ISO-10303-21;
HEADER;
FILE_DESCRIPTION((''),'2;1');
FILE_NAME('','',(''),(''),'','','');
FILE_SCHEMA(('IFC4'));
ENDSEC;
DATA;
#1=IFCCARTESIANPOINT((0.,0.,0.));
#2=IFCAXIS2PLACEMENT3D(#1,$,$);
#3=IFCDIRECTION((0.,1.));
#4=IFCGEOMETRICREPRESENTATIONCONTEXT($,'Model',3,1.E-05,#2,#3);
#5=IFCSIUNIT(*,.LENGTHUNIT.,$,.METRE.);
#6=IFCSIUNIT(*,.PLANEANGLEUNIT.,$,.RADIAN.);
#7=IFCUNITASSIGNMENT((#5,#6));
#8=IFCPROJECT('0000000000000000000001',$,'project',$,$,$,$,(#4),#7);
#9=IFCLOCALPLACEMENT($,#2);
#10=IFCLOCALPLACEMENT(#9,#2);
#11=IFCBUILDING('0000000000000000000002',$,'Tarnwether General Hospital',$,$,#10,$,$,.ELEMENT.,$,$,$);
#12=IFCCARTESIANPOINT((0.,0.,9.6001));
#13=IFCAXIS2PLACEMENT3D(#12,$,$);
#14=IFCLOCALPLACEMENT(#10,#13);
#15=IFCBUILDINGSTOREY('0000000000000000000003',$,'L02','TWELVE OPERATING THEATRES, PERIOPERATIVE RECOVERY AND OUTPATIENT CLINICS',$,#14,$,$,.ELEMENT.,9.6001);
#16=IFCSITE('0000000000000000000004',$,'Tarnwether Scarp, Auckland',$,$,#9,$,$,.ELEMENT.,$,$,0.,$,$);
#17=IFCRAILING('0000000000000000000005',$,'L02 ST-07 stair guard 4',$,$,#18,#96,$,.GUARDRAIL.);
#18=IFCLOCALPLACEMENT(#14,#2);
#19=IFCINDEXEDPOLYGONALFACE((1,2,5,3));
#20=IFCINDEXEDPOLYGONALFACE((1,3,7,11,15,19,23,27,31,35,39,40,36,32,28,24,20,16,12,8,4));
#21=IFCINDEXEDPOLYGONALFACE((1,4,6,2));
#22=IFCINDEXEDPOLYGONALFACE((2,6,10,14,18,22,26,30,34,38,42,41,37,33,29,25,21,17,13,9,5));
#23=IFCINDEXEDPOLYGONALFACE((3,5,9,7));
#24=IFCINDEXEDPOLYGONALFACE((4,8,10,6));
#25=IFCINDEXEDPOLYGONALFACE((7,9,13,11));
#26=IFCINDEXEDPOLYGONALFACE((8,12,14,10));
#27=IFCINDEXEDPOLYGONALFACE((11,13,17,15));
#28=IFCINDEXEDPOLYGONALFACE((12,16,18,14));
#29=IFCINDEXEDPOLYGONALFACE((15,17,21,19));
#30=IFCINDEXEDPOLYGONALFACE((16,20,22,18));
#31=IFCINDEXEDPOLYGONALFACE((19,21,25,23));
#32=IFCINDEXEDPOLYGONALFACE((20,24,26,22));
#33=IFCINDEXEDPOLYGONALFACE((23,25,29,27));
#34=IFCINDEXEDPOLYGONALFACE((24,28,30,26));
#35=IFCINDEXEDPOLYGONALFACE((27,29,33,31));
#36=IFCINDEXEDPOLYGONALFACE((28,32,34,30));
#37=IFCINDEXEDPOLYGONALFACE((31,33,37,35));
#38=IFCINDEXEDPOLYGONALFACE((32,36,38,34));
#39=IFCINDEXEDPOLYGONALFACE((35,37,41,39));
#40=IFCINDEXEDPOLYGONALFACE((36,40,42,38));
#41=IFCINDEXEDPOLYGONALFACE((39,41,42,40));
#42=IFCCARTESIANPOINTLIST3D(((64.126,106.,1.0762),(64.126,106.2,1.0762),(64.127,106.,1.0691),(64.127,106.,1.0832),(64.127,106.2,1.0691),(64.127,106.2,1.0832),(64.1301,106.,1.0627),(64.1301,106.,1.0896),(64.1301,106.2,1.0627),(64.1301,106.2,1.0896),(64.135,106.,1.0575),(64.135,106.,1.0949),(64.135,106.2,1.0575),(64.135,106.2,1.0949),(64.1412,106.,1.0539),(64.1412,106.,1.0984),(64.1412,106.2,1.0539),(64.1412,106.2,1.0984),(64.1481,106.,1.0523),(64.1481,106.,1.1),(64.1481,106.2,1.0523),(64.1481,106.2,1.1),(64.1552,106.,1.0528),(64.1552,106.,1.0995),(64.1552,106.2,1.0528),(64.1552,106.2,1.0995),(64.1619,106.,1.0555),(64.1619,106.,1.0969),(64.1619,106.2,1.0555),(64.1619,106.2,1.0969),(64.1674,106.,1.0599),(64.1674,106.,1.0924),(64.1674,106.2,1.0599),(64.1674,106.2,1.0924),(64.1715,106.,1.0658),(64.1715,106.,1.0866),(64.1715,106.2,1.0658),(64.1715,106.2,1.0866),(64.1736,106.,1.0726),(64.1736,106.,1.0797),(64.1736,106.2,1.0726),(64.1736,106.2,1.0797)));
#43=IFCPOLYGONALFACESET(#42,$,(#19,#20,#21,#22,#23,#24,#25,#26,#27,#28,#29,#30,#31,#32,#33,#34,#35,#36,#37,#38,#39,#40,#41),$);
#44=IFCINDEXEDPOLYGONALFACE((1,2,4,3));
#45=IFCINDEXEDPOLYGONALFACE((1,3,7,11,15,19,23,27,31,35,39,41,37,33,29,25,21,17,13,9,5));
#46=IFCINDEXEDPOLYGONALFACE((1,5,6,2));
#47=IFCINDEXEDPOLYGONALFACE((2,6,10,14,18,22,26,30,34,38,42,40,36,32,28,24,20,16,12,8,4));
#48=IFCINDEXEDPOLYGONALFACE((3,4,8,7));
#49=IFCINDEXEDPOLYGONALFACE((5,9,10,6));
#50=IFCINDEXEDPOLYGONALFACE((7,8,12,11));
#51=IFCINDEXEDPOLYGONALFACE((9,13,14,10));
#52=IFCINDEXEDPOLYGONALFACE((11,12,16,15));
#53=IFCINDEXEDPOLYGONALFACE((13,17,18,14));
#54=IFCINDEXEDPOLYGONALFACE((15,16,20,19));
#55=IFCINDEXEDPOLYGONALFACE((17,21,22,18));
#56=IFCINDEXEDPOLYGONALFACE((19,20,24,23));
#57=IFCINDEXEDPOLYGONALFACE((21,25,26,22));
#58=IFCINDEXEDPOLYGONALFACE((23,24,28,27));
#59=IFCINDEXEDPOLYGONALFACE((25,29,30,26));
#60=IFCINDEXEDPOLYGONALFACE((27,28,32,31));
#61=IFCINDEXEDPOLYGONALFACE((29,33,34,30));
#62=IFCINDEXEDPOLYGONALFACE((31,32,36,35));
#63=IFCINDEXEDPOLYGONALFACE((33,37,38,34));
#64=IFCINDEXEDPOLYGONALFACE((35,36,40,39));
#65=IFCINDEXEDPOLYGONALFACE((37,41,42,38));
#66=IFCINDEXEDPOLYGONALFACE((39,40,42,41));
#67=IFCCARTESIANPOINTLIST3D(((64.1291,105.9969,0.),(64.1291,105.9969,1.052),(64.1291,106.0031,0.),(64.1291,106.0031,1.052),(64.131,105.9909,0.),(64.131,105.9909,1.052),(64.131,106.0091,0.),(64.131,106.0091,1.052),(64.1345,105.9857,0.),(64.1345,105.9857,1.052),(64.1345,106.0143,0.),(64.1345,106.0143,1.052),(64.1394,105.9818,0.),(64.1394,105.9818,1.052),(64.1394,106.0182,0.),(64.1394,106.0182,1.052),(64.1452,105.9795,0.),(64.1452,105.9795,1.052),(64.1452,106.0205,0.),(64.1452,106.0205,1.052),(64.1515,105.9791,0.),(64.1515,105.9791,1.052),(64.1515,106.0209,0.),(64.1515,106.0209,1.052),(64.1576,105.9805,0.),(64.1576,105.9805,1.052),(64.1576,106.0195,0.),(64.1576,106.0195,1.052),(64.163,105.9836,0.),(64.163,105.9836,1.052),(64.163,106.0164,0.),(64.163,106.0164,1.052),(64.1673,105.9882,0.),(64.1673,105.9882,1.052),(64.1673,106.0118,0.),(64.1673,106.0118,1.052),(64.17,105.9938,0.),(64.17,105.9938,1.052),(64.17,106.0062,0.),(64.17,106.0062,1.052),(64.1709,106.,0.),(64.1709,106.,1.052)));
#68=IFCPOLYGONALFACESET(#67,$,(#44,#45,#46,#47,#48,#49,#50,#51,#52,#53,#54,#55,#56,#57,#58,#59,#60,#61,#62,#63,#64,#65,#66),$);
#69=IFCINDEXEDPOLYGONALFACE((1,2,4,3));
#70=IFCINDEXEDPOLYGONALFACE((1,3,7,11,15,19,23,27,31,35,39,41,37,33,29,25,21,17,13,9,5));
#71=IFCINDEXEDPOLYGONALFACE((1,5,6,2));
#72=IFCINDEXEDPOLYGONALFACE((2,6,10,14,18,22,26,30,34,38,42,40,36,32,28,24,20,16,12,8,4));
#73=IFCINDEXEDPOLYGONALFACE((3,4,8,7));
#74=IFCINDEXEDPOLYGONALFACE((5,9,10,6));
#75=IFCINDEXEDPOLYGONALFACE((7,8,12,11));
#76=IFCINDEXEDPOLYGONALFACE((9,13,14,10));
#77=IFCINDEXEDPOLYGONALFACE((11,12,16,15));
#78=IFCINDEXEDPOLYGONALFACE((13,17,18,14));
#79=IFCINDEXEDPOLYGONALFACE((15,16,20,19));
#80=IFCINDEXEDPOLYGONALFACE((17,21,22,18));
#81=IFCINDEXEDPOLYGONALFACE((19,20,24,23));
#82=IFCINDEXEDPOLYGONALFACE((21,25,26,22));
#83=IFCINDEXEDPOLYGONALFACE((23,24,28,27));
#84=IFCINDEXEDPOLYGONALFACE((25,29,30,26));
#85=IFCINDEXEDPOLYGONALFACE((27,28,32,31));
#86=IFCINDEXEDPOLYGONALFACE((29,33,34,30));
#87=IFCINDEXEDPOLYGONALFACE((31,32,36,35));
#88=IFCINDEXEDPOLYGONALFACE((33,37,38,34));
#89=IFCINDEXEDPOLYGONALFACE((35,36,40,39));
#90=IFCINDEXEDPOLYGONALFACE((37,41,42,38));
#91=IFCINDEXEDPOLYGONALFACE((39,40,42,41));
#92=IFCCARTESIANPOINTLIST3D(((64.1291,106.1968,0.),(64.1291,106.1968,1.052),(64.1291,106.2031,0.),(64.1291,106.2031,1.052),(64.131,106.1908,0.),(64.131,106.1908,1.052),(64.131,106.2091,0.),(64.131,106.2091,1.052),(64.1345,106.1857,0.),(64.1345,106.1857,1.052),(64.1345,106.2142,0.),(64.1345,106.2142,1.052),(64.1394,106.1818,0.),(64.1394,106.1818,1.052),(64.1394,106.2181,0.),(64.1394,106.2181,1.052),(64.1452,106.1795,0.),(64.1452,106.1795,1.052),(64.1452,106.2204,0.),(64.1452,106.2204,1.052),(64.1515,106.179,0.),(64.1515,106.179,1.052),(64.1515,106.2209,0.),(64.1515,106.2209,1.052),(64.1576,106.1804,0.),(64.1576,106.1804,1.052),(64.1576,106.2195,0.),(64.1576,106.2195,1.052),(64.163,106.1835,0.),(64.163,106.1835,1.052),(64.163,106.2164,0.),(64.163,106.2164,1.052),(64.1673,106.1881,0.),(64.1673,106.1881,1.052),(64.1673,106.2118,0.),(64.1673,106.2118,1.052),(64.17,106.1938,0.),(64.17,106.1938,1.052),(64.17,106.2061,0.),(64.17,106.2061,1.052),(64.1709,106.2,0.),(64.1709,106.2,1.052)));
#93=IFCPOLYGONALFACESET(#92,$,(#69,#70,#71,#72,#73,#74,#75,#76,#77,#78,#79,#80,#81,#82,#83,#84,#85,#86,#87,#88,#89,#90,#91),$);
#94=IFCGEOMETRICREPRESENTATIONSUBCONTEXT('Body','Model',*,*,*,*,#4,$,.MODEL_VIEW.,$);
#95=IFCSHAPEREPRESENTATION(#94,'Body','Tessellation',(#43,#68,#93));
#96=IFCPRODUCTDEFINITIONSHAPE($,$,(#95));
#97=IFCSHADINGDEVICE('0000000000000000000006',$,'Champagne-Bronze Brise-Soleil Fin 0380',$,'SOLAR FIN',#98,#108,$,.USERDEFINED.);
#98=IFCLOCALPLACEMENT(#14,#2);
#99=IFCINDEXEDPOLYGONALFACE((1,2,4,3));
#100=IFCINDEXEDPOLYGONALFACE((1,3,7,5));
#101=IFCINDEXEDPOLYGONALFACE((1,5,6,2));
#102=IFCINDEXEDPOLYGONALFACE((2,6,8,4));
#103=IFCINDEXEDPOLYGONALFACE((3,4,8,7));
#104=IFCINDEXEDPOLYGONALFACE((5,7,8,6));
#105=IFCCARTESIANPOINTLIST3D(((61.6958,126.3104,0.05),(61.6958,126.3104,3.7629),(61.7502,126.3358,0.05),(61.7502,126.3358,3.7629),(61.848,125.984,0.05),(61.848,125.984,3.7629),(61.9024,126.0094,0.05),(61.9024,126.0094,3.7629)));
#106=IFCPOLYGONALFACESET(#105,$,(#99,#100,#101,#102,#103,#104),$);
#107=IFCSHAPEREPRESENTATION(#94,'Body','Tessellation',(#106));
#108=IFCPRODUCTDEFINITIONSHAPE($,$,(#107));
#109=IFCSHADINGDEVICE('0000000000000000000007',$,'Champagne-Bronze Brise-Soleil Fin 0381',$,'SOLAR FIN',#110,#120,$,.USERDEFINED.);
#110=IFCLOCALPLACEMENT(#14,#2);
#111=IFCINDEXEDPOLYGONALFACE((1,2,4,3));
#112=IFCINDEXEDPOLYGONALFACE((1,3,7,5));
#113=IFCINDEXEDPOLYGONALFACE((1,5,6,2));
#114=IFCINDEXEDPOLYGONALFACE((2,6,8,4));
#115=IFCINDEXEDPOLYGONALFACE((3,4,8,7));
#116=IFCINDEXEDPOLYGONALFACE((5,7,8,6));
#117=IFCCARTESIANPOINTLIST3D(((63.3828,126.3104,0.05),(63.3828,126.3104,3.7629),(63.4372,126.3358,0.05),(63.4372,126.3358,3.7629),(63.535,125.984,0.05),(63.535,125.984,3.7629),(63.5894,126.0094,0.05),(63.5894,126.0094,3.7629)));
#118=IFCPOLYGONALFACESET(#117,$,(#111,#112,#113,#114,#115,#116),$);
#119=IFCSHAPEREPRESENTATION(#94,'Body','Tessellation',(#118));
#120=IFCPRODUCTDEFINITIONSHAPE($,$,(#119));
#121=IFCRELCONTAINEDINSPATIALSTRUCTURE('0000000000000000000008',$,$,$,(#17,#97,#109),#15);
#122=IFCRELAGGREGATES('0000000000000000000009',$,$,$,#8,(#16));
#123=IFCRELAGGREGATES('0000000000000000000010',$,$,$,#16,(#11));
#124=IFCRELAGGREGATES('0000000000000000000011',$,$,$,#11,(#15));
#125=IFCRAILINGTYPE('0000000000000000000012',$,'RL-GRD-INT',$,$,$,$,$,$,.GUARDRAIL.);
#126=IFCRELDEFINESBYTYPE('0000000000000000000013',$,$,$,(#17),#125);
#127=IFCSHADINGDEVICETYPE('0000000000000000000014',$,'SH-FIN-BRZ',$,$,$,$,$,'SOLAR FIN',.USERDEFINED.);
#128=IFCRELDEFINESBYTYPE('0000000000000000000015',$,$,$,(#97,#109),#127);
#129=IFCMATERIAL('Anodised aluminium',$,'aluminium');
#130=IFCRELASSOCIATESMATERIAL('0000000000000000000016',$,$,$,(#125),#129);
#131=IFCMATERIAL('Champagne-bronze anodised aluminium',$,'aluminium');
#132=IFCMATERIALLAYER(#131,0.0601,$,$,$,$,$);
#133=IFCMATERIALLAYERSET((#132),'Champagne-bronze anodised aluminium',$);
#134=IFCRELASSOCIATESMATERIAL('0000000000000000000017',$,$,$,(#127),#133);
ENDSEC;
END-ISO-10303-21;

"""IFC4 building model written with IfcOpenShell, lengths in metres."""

from ifc_helpers import new_model, si_unit, direction, frame, origin, origin_2d, place, context, subcontext, project, spatial, rectangle, circle, extrude, material, layer, layer_set, type_object, element, save


model = new_model("IFC4")

# Units and contexts
model_context = context("Model", 3, precision=1e-05, world=origin(), true_north=direction((0.0, 1.0)))
body_context = subcontext(model_context, "Body", "Model", "MODEL_VIEW")
ifc_project = project(units=[si_unit("LENGTHUNIT", "METRE"), si_unit("PLANEANGLEUNIT", "RADIAN")], contexts=[model_context])

# Site, building, storey
site_placement = place(None, origin())
site = spatial("IfcSite", under=ifc_project, at=site_placement, Name="Tarnwether Scarp, Auckland", CompositionType="ELEMENT", RefElevation=0.0)
building_placement = place(site_placement, origin())
building = spatial("IfcBuilding", under=site, at=building_placement, Name="Tarnwether General Hospital", CompositionType="ELEMENT")
storey_placement = place(building_placement, frame((0.0, 0.0, 9.6001)))
storey = spatial("IfcBuildingStorey", under=building, at=storey_placement, Name="L02", Description="TWELVE OPERATING THEATRES, PERIOPERATIVE RECOVERY AND OUTPATIENT CLINICS", CompositionType="ELEMENT", Elevation=9.6001)

# Railing
ifc_material_1 = material(Name="Anodised aluminium", Category="aluminium")
railing_type = type_object("IfcRailingType", Name="RL-GRD-INT", PredefinedType="GUARDRAIL", material=ifc_material_1)
railing_1_placement = place(storey_placement, frame((64.1499, 106.0, 0.0)))
element("IfcRailing", 1, at=railing_1_placement, inside=storey, type_object=railing_type, Name="L02 ST-07 stair guard 4", PredefinedType="GUARDRAIL", context=body_context, shape_type="SweptSolid", body=[
    extrude(circle(Radius=0.0239, at=origin_2d()), frame((0.0, 0.0, 1.0762), z_axis=(0.0, 1.0, 0.0), x_axis=(-1.0, 0.0, 0.0)), (0.0, 0.0, 1.0), 0.2),
    extrude(circle(Radius=0.021, at=origin_2d()), origin(), (0.0, 0.0, 1.0), 1.052),
    extrude(circle(Radius=0.021, at=origin_2d()), frame((0.0, 0.2, 0.0)), (0.0, 0.0, 1.0), 1.052),
])

# Shading devices
ifc_material_2 = material(Name="Champagne-bronze anodised aluminium", Category="aluminium")
ifc_layer_1 = layer(ifc_material_2, 0.0601)
ifc_layer_set_1 = layer_set([ifc_layer_1], Name="Champagne-bronze anodised aluminium")
shading_device_type = type_object("IfcShadingDeviceType", Name="SH-FIN-BRZ", ElementType="SOLAR FIN", PredefinedType="USERDEFINED", material=ifc_layer_set_1)
for number, where, z_axis, x_axis, name in (
    (2, (61.7991, 126.1599, 0.05), (0.0, 0.0, 1.0), (0.906308, 0.422618, 0.0), "Champagne-Bronze Brise-Soleil Fin 0380"),
    (3, (63.4861, 126.1599, 0.05), (0.0, 0.0, 1.0), (0.906308, 0.422618, 0.0), "Champagne-Bronze Brise-Soleil Fin 0381"),
):
    element("IfcShadingDevice", number, at=place(storey_placement, frame(where, z_axis=z_axis, x_axis=x_axis)), inside=storey, type_object=shading_device_type, Name=name, ObjectType="SOLAR FIN", PredefinedType="USERDEFINED", context=body_context, shape_type="SweptSolid", body=[
        extrude(rectangle(XDim=0.0601, YDim=0.3601, at=origin_2d()), origin(), (0.0, 0.0, 1.0), 3.7129),
    ])

save(model, "model.ifc")
